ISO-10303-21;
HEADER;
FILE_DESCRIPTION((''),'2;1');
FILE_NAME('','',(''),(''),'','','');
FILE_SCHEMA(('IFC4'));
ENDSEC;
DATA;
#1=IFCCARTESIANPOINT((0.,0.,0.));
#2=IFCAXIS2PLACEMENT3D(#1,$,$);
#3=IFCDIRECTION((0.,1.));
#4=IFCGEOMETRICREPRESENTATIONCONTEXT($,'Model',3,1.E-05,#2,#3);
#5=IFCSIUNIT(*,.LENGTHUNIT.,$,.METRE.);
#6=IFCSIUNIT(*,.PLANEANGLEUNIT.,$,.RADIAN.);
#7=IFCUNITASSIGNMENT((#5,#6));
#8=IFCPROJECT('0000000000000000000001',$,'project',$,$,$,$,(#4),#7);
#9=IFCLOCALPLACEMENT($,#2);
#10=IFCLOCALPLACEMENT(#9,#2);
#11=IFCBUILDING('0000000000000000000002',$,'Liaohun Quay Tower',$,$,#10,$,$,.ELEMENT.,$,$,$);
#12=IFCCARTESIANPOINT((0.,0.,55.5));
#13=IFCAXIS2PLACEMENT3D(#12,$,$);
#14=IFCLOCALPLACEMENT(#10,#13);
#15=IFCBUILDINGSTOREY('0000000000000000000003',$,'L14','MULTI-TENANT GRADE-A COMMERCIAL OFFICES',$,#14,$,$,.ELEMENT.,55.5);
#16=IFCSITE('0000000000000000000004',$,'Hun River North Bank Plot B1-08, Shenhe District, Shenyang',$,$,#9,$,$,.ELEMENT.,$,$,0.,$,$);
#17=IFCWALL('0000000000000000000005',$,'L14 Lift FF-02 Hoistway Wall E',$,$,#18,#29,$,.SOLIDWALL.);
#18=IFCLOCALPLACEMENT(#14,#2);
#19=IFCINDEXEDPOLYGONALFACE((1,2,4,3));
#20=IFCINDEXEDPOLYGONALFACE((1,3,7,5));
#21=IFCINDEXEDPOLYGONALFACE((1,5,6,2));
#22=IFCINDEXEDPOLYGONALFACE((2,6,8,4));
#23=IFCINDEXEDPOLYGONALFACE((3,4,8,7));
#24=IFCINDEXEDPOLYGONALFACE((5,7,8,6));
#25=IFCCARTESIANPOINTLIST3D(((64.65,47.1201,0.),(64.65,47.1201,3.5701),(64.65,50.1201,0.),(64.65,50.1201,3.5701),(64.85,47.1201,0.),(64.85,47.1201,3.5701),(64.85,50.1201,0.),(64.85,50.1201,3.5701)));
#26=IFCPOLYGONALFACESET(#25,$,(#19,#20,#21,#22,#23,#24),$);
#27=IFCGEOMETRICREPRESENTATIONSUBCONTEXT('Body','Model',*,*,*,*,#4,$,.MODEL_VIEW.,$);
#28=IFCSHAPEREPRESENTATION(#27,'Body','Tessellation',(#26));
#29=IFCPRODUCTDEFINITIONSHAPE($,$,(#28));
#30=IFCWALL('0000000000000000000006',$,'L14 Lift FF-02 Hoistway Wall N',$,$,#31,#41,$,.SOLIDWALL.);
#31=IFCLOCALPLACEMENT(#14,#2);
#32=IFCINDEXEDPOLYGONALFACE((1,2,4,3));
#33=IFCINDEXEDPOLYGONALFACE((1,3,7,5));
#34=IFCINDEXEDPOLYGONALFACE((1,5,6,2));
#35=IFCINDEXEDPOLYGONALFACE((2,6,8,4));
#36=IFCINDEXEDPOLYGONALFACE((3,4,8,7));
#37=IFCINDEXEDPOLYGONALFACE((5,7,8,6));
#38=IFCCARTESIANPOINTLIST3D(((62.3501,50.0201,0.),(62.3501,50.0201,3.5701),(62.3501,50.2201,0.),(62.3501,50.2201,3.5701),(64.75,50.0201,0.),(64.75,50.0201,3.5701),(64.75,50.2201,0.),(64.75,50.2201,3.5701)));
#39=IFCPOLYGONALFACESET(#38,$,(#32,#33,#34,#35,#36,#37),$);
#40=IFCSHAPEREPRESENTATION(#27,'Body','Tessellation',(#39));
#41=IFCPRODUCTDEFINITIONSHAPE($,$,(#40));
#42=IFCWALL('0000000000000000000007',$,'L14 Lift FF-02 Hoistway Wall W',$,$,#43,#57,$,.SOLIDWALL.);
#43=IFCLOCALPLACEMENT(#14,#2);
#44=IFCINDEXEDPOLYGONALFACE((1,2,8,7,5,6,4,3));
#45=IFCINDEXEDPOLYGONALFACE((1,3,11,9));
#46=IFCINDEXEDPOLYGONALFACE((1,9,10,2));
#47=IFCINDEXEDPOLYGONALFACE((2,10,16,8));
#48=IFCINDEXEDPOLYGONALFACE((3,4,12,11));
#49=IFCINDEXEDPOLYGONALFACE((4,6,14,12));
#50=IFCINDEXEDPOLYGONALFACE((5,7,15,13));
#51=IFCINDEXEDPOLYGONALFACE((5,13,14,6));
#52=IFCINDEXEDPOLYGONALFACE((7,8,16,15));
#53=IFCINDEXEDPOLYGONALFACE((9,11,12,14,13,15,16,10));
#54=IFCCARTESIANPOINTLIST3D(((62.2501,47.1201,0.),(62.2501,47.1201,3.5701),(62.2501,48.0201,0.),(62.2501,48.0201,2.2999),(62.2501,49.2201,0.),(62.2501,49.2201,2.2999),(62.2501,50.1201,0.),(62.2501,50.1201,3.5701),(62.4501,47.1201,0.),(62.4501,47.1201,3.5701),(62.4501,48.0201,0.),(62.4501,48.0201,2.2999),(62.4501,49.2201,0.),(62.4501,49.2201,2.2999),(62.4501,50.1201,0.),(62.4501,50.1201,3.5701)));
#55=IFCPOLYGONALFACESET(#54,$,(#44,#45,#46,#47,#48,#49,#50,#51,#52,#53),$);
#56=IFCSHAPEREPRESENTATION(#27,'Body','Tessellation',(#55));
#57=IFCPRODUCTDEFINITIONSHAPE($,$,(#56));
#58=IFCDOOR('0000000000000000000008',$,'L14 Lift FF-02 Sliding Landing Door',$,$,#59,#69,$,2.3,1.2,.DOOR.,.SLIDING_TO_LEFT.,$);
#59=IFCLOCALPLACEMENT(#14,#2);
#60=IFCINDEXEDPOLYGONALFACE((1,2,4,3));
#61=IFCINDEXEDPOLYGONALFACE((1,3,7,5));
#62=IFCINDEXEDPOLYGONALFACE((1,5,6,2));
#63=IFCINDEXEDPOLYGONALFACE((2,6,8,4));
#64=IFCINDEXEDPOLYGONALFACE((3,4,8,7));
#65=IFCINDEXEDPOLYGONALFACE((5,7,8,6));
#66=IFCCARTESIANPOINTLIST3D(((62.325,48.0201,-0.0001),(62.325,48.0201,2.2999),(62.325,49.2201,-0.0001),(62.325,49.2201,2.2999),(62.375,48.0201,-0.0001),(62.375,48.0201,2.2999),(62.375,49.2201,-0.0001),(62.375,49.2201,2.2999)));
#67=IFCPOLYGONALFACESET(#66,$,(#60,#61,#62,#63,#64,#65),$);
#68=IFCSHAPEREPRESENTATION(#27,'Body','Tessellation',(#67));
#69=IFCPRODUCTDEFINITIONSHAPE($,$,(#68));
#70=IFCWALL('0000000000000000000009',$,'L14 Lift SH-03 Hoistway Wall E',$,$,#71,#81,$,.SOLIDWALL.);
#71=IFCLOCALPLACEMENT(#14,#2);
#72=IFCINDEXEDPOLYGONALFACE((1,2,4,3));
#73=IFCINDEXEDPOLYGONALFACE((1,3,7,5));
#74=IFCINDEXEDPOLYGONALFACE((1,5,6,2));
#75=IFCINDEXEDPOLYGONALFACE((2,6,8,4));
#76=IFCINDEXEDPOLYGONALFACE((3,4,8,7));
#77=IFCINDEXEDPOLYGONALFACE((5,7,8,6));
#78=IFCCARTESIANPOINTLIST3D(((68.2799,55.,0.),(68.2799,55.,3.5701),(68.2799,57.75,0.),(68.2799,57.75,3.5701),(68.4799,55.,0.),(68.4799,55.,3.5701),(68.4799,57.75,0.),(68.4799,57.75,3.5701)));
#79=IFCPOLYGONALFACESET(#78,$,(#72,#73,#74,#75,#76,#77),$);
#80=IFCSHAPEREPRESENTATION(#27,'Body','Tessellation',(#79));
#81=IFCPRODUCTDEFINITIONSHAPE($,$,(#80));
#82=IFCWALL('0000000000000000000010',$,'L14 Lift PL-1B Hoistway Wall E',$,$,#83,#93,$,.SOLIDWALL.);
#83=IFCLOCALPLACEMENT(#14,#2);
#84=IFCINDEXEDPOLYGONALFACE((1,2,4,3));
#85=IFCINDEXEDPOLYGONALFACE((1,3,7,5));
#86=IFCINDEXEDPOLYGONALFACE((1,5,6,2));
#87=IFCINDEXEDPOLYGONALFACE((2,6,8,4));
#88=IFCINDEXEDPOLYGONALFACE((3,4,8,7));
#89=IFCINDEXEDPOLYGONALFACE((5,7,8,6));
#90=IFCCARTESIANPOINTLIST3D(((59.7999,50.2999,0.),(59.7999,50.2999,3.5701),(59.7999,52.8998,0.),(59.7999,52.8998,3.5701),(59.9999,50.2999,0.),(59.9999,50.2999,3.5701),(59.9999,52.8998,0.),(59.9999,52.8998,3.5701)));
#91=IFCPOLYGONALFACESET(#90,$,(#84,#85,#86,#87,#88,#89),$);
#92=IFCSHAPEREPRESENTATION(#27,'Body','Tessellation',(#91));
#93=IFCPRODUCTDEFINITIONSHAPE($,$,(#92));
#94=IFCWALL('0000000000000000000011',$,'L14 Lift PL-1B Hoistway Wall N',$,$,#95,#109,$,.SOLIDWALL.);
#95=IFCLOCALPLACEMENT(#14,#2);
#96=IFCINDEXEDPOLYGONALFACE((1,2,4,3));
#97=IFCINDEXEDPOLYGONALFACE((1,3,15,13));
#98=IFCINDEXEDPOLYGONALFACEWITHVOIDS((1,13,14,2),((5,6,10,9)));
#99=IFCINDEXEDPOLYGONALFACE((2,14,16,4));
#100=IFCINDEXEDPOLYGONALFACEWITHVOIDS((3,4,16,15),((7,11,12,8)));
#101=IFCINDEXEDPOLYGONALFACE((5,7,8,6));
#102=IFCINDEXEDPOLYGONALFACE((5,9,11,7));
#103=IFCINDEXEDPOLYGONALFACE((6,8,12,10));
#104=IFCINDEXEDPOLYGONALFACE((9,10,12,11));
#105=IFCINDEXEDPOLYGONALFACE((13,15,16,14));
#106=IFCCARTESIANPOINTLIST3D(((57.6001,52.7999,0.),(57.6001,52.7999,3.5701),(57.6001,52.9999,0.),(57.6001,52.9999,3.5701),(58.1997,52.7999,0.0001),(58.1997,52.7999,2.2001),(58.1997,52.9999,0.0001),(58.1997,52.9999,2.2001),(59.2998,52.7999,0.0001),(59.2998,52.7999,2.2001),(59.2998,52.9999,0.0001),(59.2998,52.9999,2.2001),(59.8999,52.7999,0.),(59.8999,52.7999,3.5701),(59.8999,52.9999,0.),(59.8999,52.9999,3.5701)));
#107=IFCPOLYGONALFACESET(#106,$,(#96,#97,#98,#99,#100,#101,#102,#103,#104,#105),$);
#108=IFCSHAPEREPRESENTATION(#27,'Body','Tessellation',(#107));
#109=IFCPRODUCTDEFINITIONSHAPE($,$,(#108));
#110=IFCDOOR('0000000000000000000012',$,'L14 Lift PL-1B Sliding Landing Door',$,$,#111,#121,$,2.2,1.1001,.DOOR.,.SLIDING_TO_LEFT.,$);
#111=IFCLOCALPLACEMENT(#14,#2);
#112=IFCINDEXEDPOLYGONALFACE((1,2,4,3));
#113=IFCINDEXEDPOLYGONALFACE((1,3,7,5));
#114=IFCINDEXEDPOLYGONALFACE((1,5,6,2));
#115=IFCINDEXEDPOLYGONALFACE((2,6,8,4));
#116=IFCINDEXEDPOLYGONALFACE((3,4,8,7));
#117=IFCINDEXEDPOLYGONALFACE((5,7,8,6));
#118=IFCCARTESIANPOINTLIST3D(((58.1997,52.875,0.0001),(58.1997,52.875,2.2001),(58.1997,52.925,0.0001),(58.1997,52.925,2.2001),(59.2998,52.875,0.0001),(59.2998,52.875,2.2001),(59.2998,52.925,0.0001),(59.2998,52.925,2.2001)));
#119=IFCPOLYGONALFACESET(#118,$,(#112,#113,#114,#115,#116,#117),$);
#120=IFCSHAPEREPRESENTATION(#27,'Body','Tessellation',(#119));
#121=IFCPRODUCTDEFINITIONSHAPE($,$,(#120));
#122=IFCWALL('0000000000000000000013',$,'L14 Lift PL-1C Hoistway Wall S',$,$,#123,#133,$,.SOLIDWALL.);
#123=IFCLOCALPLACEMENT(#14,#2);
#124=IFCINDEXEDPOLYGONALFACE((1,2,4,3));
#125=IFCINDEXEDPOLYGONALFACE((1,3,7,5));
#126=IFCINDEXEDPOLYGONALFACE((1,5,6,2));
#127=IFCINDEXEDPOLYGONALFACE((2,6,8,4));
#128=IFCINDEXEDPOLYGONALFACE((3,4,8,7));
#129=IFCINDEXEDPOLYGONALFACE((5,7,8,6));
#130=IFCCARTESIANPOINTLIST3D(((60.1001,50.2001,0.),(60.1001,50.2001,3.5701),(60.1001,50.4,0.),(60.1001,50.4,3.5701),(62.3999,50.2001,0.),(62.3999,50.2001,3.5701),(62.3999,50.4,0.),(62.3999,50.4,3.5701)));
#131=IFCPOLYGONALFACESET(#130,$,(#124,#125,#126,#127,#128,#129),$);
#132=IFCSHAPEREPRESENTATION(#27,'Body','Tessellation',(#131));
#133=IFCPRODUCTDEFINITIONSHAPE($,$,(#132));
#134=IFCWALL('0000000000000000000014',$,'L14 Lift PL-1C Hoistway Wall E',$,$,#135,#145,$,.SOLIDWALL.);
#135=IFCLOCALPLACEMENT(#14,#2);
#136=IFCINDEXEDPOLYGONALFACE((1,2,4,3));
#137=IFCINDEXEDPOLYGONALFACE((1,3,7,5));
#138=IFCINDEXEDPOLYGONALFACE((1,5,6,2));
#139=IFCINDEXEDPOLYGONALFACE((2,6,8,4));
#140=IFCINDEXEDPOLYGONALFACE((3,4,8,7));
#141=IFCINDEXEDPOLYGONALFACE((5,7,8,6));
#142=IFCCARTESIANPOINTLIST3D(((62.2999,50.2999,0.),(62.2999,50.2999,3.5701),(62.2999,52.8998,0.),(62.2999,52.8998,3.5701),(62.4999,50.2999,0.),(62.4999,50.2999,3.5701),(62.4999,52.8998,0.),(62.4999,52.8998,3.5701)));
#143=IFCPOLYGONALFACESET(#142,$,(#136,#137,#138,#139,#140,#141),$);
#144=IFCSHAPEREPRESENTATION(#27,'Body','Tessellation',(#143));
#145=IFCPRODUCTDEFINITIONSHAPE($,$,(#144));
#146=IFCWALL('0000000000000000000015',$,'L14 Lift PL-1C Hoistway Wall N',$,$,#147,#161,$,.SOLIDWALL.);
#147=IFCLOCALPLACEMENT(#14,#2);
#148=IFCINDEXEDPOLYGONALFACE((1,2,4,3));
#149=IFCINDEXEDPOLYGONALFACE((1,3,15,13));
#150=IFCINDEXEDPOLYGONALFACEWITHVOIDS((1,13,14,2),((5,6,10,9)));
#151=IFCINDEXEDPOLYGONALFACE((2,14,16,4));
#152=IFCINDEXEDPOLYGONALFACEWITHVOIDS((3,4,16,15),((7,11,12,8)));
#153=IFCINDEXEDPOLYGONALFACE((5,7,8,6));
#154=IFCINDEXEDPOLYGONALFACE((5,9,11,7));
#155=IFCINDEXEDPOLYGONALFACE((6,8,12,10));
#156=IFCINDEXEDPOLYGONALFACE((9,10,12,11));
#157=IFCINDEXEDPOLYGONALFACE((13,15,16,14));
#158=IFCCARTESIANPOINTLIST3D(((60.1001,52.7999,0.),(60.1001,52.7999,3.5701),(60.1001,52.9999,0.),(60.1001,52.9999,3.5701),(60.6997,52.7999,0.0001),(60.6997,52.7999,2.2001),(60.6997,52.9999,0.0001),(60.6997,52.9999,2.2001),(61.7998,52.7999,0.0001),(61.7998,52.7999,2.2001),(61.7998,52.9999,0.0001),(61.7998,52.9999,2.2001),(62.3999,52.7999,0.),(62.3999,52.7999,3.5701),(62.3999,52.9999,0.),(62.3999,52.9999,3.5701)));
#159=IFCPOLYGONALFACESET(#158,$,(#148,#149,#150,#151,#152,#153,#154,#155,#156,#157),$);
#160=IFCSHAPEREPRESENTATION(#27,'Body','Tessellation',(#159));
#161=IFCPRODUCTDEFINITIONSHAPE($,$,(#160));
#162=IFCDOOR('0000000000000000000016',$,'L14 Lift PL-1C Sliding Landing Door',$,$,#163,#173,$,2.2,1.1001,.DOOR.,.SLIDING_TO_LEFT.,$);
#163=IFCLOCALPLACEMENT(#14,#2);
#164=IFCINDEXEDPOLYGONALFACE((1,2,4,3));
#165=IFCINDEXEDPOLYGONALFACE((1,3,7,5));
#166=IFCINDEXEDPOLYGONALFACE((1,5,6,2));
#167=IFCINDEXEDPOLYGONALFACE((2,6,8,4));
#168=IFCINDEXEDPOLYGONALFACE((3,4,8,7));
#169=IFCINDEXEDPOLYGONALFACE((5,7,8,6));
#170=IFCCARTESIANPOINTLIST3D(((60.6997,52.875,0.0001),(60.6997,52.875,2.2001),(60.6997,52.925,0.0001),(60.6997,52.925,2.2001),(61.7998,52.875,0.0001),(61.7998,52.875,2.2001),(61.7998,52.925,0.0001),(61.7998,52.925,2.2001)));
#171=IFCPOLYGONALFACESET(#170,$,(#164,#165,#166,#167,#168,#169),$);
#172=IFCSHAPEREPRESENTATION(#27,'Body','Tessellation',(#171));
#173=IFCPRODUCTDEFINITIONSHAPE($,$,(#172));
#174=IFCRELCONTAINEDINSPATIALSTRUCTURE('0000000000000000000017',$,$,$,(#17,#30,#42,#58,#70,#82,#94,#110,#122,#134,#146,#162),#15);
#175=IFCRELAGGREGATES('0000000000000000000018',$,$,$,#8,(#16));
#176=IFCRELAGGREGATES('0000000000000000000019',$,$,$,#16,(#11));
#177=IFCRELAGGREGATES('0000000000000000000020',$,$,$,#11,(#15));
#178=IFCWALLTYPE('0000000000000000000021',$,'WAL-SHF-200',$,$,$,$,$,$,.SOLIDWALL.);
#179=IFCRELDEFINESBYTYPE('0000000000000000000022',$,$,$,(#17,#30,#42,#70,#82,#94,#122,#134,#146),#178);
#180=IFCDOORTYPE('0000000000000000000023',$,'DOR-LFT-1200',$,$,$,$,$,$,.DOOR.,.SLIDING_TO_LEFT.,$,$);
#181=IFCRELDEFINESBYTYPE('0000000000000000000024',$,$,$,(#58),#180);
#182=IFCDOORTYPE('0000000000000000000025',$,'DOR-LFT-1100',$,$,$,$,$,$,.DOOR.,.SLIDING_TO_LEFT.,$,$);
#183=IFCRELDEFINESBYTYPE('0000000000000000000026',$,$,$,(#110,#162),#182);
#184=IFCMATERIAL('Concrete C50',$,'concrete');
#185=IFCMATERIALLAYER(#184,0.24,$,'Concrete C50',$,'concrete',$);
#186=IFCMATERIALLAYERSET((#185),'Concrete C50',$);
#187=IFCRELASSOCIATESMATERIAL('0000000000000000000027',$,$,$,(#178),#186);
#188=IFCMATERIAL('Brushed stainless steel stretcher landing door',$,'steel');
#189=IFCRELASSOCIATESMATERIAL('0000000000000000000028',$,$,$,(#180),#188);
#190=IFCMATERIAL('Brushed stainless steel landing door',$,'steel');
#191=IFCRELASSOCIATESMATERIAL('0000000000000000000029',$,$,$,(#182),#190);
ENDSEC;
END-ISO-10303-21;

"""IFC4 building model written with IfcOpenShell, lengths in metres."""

from ifc_helpers import new_model, si_unit, direction, frame, frame_2d, origin, place, context, subcontext, project, spatial, rectangle, extrude, source, transform, mapped, material, layer, layer_set, type_object, element, fill, save


model = new_model("IFC4")

# Units and contexts
model_context = context("Model", 3, precision=1e-05, world=origin(), true_north=direction((0.0, 1.0)))
body_context = subcontext(model_context, "Body", "Model", "MODEL_VIEW")
ifc_project = project(units=[si_unit("LENGTHUNIT", "METRE"), si_unit("PLANEANGLEUNIT", "RADIAN")], contexts=[model_context])

# Site, building, storey
site_placement = place(None, origin())
site = spatial("IfcSite", under=ifc_project, at=site_placement, Name="Hun River North Bank Plot B1-08, Shenhe District, Shenyang", CompositionType="ELEMENT", RefElevation=0.0)
building_placement = place(site_placement, origin())
building = spatial("IfcBuilding", under=site, at=building_placement, Name="Liaohun Quay Tower", CompositionType="ELEMENT")
storey_placement = place(building_placement, frame((0.0, 0.0, 55.5)))
storey = spatial("IfcBuildingStorey", under=building, at=storey_placement, Name="L14", Description="MULTI-TENANT GRADE-A COMMERCIAL OFFICES", CompositionType="ELEMENT", Elevation=55.5)

# Shared definitions
ifc_material_1 = material(Name="Concrete C50", Category="concrete")
ifc_layer_1 = layer(ifc_material_1, 0.24, Name="Concrete C50", Category="concrete")
ifc_layer_set_1 = layer_set([ifc_layer_1], Name="Concrete C50")
wall_type_1 = type_object("IfcWallType", Name="WAL-SHF-200", PredefinedType="SOLIDWALL", material=ifc_layer_set_1)

# Walls
wall_1_placement = place(storey_placement, frame((64.75, 47.1201, 0.0), z_axis=(0.0, 0.0, 1.0), x_axis=(0.0, 1.0, 0.0)))
element("IfcWall", 1, at=wall_1_placement, inside=storey, type_object=wall_type_1, Name="L14 Lift FF-02 Hoistway Wall E", PredefinedType="SOLIDWALL", context=body_context, shape_type="SweptSolid", body=[
    extrude(rectangle(XDim=3.0, YDim=0.2, at=frame_2d((1.5, 0.0))), origin(), (0.0, 0.0, 1.0), 3.5701),
])
wall_2_placement = place(storey_placement, frame((64.75, 50.1201, 0.0), z_axis=(0.0, 0.0, 1.0), x_axis=(-1.0, 0.0, 0.0)))
element("IfcWall", 2, at=wall_2_placement, inside=storey, type_object=wall_type_1, Name="L14 Lift FF-02 Hoistway Wall N", PredefinedType="SOLIDWALL", context=body_context, shape_type="SweptSolid", body=[
    extrude(rectangle(XDim=2.3999, YDim=0.2, at=frame_2d((1.2, 0.0))), origin(), (0.0, 0.0, 1.0), 3.5701),
])

# Wall, opening, door
wall_3_placement = place(storey_placement, frame((62.3501, 50.1201, 0.0), z_axis=(0.0, 0.0, 1.0), x_axis=(0.0, -1.0, 0.0)))
wall_3 = element("IfcWall", 3, at=wall_3_placement, inside=storey, type_object=wall_type_1, Name="L14 Lift FF-02 Hoistway Wall W", PredefinedType="SOLIDWALL", context=body_context, shape_type="SweptSolid", body=[
    extrude(rectangle(XDim=3.0, YDim=0.2, at=frame_2d((1.5, 0.0))), origin(), (0.0, 0.0, 1.0), 3.5701),
])
shared_shape_1 = source(origin(), body_context, "Body", "SweptSolid", [
    extrude(rectangle(XDim=1.2, YDim=2.3, at=frame_2d((0.6001, 1.1499))), frame((0.0, 0.1099, 0.0), z_axis=(0.0, -1.0, 0.0), x_axis=(1.0, 0.0, 0.0)), (0.0, 0.0, 1.0), 0.22),
])
opening_1_placement = place(wall_3_placement, frame((0.8999, 0.0, 0.0)))
opening_1 = element("IfcOpeningElement", 4, at=opening_1_placement, cuts=wall_3, PredefinedType="OPENING", context=body_context, shape_type="MappedRepresentation", body=[
    mapped(shared_shape_1, transform((0.0, 0.0, 0.0), x_axis=(1.0, 0.0, 0.0), y_axis=(0.0, 1.0, 0.0), z_axis=(0.0, 0.0, 1.0), scale=1.0)),
])
ifc_material_2 = material(Name="Brushed stainless steel stretcher landing door", Category="steel")
door_type_1 = type_object("IfcDoorType", Name="DOR-LFT-1200", OperationType="SLIDING_TO_LEFT", PredefinedType="DOOR", material=ifc_material_2)
shared_shape_2 = source(origin(), body_context, "Body", "SweptSolid", [
    extrude(rectangle(XDim=1.2, YDim=2.3, at=frame_2d((0.6001, 1.1499))), frame((0.0, 0.0249, 0.0), z_axis=(0.0, -1.0, 0.0), x_axis=(1.0, 0.0, 0.0)), (0.0, 0.0, 1.0), 0.05),
])
door_1_placement = place(opening_1_placement, origin())
door_1 = element("IfcDoor", 5, at=door_1_placement, inside=storey, type_object=door_type_1, Name="L14 Lift FF-02 Sliding Landing Door", OperationType="SLIDING_TO_LEFT", OverallHeight=2.3, OverallWidth=1.2, PredefinedType="DOOR", context=body_context, shape_type="MappedRepresentation", body=[
    mapped(shared_shape_2, transform((0.0, 0.0, 0.0), x_axis=(1.0, 0.0, 0.0), y_axis=(0.0, 1.0, 0.0), z_axis=(0.0, 0.0, 1.0), scale=1.0)),
])
fill(opening_1, door_1)

# Walls
wall_4_placement = place(storey_placement, frame((68.3799, 55.0, 0.0), z_axis=(0.0, 0.0, 1.0), x_axis=(0.0, 1.0, 0.0)))
element("IfcWall", 6, at=wall_4_placement, inside=storey, type_object=wall_type_1, Name="L14 Lift SH-03 Hoistway Wall E", PredefinedType="SOLIDWALL", context=body_context, shape_type="SweptSolid", body=[
    extrude(rectangle(XDim=2.75, YDim=0.2, at=frame_2d((1.375, 0.0))), origin(), (0.0, 0.0, 1.0), 3.5701),
])
wall_5_placement = place(storey_placement, frame((59.8999, 50.3, 0.0), z_axis=(0.0, 0.0, 1.0), x_axis=(0.0, 1.0, 0.0)))
element("IfcWall", 7, at=wall_5_placement, inside=storey, type_object=wall_type_1, Name="L14 Lift PL-1B Hoistway Wall E", PredefinedType="SOLIDWALL", context=body_context, shape_type="SweptSolid", body=[
    extrude(rectangle(XDim=2.5999, YDim=0.2, at=frame_2d((1.2998, 0.0))), origin(), (0.0, 0.0, 1.0), 3.5701),
])

# Wall, opening, door
wall_6_placement = place(storey_placement, frame((59.8999, 52.8999, 0.0), z_axis=(0.0, 0.0, 1.0), x_axis=(-1.0, 0.0, 0.0)))
wall_6 = element("IfcWall", 8, at=wall_6_placement, inside=storey, type_object=wall_type_1, Name="L14 Lift PL-1B Hoistway Wall N", PredefinedType="SOLIDWALL", context=body_context, shape_type="SweptSolid", body=[
    extrude(rectangle(XDim=2.2998, YDim=0.2, at=frame_2d((1.1499, 0.0))), origin(), (0.0, 0.0, 1.0), 3.5701),
])
shared_shape_3 = source(origin(), body_context, "Body", "SweptSolid", [
    extrude(rectangle(XDim=1.1001, YDim=2.2, at=frame_2d((0.55, 1.1001))), frame((0.0, 0.1099, 0.0), z_axis=(0.0, -1.0, 0.0), x_axis=(1.0, 0.0, 0.0)), (0.0, 0.0, 1.0), 0.22),
])
opening_2_placement = place(wall_6_placement, frame((0.6001, 0.0, 0.0)))
opening_2 = element("IfcOpeningElement", 9, at=opening_2_placement, cuts=wall_6, PredefinedType="OPENING", context=body_context, shape_type="MappedRepresentation", body=[
    mapped(shared_shape_3, transform((0.0, 0.0, 0.0), x_axis=(1.0, 0.0, 0.0), y_axis=(0.0, 1.0, 0.0), z_axis=(0.0, 0.0, 1.0), scale=1.0)),
])
ifc_material_3 = material(Name="Brushed stainless steel landing door", Category="steel")
door_type_2 = type_object("IfcDoorType", Name="DOR-LFT-1100", OperationType="SLIDING_TO_LEFT", PredefinedType="DOOR", material=ifc_material_3)
shared_shape_4 = source(origin(), body_context, "Body", "SweptSolid", [
    extrude(rectangle(XDim=1.1001, YDim=2.2, at=frame_2d((0.55, 1.1001))), frame((0.0, 0.0249, 0.0), z_axis=(0.0, -1.0, 0.0), x_axis=(1.0, 0.0, 0.0)), (0.0, 0.0, 1.0), 0.05),
])
door_2_placement = place(opening_2_placement, origin())
door_2 = element("IfcDoor", 10, at=door_2_placement, inside=storey, type_object=door_type_2, Name="L14 Lift PL-1B Sliding Landing Door", OperationType="SLIDING_TO_LEFT", OverallHeight=2.2, OverallWidth=1.1001, PredefinedType="DOOR", context=body_context, shape_type="MappedRepresentation", body=[
    mapped(shared_shape_4, transform((0.0, 0.0, 0.0), x_axis=(1.0, 0.0, 0.0), y_axis=(0.0, 1.0, 0.0), z_axis=(0.0, 0.0, 1.0), scale=1.0)),
])
fill(opening_2, door_2)

# Walls
wall_7_placement = place(storey_placement, frame((60.1001, 50.3, 0.0), z_axis=(0.0, 0.0, 1.0), x_axis=(1.0, 0.0, 0.0)))
element("IfcWall", 11, at=wall_7_placement, inside=storey, type_object=wall_type_1, Name="L14 Lift PL-1C Hoistway Wall S", PredefinedType="SOLIDWALL", context=body_context, shape_type="SweptSolid", body=[
    extrude(rectangle(XDim=2.2998, YDim=0.2, at=frame_2d((1.1499, 0.0))), origin(), (0.0, 0.0, 1.0), 3.5701),
])
wall_8_placement = place(storey_placement, frame((62.3999, 50.3, 0.0), z_axis=(0.0, 0.0, 1.0), x_axis=(0.0, 1.0, 0.0)))
element("IfcWall", 12, at=wall_8_placement, inside=storey, type_object=wall_type_1, Name="L14 Lift PL-1C Hoistway Wall E", PredefinedType="SOLIDWALL", context=body_context, shape_type="SweptSolid", body=[
    extrude(rectangle(XDim=2.5999, YDim=0.2, at=frame_2d((1.2998, 0.0))), origin(), (0.0, 0.0, 1.0), 3.5701),
])

# Wall, opening, door
wall_9_placement = place(storey_placement, frame((62.3999, 52.8999, 0.0), z_axis=(0.0, 0.0, 1.0), x_axis=(-1.0, 0.0, 0.0)))
wall_9 = element("IfcWall", 13, at=wall_9_placement, inside=storey, type_object=wall_type_1, Name="L14 Lift PL-1C Hoistway Wall N", PredefinedType="SOLIDWALL", context=body_context, shape_type="SweptSolid", body=[
    extrude(rectangle(XDim=2.2998, YDim=0.2, at=frame_2d((1.1499, 0.0))), origin(), (0.0, 0.0, 1.0), 3.5701),
])
opening_3_placement = place(wall_9_placement, frame((0.6001, 0.0, 0.0)))
opening_3 = element("IfcOpeningElement", 14, at=opening_3_placement, cuts=wall_9, PredefinedType="OPENING", context=body_context, shape_type="MappedRepresentation", body=[
    mapped(shared_shape_3, transform((0.0, 0.0, 0.0), x_axis=(1.0, 0.0, 0.0), y_axis=(0.0, 1.0, 0.0), z_axis=(0.0, 0.0, 1.0), scale=1.0)),
])
door_3_placement = place(opening_3_placement, origin())
door_3 = element("IfcDoor", 15, at=door_3_placement, inside=storey, type_object=door_type_2, Name="L14 Lift PL-1C Sliding Landing Door", OperationType="SLIDING_TO_LEFT", OverallHeight=2.2, OverallWidth=1.1001, PredefinedType="DOOR", context=body_context, shape_type="MappedRepresentation", body=[
    mapped(shared_shape_4, transform((0.0, 0.0, 0.0), x_axis=(1.0, 0.0, 0.0), y_axis=(0.0, 1.0, 0.0), z_axis=(0.0, 0.0, 1.0), scale=1.0)),
])
fill(opening_3, door_3)

save(model, "model.ifc")
